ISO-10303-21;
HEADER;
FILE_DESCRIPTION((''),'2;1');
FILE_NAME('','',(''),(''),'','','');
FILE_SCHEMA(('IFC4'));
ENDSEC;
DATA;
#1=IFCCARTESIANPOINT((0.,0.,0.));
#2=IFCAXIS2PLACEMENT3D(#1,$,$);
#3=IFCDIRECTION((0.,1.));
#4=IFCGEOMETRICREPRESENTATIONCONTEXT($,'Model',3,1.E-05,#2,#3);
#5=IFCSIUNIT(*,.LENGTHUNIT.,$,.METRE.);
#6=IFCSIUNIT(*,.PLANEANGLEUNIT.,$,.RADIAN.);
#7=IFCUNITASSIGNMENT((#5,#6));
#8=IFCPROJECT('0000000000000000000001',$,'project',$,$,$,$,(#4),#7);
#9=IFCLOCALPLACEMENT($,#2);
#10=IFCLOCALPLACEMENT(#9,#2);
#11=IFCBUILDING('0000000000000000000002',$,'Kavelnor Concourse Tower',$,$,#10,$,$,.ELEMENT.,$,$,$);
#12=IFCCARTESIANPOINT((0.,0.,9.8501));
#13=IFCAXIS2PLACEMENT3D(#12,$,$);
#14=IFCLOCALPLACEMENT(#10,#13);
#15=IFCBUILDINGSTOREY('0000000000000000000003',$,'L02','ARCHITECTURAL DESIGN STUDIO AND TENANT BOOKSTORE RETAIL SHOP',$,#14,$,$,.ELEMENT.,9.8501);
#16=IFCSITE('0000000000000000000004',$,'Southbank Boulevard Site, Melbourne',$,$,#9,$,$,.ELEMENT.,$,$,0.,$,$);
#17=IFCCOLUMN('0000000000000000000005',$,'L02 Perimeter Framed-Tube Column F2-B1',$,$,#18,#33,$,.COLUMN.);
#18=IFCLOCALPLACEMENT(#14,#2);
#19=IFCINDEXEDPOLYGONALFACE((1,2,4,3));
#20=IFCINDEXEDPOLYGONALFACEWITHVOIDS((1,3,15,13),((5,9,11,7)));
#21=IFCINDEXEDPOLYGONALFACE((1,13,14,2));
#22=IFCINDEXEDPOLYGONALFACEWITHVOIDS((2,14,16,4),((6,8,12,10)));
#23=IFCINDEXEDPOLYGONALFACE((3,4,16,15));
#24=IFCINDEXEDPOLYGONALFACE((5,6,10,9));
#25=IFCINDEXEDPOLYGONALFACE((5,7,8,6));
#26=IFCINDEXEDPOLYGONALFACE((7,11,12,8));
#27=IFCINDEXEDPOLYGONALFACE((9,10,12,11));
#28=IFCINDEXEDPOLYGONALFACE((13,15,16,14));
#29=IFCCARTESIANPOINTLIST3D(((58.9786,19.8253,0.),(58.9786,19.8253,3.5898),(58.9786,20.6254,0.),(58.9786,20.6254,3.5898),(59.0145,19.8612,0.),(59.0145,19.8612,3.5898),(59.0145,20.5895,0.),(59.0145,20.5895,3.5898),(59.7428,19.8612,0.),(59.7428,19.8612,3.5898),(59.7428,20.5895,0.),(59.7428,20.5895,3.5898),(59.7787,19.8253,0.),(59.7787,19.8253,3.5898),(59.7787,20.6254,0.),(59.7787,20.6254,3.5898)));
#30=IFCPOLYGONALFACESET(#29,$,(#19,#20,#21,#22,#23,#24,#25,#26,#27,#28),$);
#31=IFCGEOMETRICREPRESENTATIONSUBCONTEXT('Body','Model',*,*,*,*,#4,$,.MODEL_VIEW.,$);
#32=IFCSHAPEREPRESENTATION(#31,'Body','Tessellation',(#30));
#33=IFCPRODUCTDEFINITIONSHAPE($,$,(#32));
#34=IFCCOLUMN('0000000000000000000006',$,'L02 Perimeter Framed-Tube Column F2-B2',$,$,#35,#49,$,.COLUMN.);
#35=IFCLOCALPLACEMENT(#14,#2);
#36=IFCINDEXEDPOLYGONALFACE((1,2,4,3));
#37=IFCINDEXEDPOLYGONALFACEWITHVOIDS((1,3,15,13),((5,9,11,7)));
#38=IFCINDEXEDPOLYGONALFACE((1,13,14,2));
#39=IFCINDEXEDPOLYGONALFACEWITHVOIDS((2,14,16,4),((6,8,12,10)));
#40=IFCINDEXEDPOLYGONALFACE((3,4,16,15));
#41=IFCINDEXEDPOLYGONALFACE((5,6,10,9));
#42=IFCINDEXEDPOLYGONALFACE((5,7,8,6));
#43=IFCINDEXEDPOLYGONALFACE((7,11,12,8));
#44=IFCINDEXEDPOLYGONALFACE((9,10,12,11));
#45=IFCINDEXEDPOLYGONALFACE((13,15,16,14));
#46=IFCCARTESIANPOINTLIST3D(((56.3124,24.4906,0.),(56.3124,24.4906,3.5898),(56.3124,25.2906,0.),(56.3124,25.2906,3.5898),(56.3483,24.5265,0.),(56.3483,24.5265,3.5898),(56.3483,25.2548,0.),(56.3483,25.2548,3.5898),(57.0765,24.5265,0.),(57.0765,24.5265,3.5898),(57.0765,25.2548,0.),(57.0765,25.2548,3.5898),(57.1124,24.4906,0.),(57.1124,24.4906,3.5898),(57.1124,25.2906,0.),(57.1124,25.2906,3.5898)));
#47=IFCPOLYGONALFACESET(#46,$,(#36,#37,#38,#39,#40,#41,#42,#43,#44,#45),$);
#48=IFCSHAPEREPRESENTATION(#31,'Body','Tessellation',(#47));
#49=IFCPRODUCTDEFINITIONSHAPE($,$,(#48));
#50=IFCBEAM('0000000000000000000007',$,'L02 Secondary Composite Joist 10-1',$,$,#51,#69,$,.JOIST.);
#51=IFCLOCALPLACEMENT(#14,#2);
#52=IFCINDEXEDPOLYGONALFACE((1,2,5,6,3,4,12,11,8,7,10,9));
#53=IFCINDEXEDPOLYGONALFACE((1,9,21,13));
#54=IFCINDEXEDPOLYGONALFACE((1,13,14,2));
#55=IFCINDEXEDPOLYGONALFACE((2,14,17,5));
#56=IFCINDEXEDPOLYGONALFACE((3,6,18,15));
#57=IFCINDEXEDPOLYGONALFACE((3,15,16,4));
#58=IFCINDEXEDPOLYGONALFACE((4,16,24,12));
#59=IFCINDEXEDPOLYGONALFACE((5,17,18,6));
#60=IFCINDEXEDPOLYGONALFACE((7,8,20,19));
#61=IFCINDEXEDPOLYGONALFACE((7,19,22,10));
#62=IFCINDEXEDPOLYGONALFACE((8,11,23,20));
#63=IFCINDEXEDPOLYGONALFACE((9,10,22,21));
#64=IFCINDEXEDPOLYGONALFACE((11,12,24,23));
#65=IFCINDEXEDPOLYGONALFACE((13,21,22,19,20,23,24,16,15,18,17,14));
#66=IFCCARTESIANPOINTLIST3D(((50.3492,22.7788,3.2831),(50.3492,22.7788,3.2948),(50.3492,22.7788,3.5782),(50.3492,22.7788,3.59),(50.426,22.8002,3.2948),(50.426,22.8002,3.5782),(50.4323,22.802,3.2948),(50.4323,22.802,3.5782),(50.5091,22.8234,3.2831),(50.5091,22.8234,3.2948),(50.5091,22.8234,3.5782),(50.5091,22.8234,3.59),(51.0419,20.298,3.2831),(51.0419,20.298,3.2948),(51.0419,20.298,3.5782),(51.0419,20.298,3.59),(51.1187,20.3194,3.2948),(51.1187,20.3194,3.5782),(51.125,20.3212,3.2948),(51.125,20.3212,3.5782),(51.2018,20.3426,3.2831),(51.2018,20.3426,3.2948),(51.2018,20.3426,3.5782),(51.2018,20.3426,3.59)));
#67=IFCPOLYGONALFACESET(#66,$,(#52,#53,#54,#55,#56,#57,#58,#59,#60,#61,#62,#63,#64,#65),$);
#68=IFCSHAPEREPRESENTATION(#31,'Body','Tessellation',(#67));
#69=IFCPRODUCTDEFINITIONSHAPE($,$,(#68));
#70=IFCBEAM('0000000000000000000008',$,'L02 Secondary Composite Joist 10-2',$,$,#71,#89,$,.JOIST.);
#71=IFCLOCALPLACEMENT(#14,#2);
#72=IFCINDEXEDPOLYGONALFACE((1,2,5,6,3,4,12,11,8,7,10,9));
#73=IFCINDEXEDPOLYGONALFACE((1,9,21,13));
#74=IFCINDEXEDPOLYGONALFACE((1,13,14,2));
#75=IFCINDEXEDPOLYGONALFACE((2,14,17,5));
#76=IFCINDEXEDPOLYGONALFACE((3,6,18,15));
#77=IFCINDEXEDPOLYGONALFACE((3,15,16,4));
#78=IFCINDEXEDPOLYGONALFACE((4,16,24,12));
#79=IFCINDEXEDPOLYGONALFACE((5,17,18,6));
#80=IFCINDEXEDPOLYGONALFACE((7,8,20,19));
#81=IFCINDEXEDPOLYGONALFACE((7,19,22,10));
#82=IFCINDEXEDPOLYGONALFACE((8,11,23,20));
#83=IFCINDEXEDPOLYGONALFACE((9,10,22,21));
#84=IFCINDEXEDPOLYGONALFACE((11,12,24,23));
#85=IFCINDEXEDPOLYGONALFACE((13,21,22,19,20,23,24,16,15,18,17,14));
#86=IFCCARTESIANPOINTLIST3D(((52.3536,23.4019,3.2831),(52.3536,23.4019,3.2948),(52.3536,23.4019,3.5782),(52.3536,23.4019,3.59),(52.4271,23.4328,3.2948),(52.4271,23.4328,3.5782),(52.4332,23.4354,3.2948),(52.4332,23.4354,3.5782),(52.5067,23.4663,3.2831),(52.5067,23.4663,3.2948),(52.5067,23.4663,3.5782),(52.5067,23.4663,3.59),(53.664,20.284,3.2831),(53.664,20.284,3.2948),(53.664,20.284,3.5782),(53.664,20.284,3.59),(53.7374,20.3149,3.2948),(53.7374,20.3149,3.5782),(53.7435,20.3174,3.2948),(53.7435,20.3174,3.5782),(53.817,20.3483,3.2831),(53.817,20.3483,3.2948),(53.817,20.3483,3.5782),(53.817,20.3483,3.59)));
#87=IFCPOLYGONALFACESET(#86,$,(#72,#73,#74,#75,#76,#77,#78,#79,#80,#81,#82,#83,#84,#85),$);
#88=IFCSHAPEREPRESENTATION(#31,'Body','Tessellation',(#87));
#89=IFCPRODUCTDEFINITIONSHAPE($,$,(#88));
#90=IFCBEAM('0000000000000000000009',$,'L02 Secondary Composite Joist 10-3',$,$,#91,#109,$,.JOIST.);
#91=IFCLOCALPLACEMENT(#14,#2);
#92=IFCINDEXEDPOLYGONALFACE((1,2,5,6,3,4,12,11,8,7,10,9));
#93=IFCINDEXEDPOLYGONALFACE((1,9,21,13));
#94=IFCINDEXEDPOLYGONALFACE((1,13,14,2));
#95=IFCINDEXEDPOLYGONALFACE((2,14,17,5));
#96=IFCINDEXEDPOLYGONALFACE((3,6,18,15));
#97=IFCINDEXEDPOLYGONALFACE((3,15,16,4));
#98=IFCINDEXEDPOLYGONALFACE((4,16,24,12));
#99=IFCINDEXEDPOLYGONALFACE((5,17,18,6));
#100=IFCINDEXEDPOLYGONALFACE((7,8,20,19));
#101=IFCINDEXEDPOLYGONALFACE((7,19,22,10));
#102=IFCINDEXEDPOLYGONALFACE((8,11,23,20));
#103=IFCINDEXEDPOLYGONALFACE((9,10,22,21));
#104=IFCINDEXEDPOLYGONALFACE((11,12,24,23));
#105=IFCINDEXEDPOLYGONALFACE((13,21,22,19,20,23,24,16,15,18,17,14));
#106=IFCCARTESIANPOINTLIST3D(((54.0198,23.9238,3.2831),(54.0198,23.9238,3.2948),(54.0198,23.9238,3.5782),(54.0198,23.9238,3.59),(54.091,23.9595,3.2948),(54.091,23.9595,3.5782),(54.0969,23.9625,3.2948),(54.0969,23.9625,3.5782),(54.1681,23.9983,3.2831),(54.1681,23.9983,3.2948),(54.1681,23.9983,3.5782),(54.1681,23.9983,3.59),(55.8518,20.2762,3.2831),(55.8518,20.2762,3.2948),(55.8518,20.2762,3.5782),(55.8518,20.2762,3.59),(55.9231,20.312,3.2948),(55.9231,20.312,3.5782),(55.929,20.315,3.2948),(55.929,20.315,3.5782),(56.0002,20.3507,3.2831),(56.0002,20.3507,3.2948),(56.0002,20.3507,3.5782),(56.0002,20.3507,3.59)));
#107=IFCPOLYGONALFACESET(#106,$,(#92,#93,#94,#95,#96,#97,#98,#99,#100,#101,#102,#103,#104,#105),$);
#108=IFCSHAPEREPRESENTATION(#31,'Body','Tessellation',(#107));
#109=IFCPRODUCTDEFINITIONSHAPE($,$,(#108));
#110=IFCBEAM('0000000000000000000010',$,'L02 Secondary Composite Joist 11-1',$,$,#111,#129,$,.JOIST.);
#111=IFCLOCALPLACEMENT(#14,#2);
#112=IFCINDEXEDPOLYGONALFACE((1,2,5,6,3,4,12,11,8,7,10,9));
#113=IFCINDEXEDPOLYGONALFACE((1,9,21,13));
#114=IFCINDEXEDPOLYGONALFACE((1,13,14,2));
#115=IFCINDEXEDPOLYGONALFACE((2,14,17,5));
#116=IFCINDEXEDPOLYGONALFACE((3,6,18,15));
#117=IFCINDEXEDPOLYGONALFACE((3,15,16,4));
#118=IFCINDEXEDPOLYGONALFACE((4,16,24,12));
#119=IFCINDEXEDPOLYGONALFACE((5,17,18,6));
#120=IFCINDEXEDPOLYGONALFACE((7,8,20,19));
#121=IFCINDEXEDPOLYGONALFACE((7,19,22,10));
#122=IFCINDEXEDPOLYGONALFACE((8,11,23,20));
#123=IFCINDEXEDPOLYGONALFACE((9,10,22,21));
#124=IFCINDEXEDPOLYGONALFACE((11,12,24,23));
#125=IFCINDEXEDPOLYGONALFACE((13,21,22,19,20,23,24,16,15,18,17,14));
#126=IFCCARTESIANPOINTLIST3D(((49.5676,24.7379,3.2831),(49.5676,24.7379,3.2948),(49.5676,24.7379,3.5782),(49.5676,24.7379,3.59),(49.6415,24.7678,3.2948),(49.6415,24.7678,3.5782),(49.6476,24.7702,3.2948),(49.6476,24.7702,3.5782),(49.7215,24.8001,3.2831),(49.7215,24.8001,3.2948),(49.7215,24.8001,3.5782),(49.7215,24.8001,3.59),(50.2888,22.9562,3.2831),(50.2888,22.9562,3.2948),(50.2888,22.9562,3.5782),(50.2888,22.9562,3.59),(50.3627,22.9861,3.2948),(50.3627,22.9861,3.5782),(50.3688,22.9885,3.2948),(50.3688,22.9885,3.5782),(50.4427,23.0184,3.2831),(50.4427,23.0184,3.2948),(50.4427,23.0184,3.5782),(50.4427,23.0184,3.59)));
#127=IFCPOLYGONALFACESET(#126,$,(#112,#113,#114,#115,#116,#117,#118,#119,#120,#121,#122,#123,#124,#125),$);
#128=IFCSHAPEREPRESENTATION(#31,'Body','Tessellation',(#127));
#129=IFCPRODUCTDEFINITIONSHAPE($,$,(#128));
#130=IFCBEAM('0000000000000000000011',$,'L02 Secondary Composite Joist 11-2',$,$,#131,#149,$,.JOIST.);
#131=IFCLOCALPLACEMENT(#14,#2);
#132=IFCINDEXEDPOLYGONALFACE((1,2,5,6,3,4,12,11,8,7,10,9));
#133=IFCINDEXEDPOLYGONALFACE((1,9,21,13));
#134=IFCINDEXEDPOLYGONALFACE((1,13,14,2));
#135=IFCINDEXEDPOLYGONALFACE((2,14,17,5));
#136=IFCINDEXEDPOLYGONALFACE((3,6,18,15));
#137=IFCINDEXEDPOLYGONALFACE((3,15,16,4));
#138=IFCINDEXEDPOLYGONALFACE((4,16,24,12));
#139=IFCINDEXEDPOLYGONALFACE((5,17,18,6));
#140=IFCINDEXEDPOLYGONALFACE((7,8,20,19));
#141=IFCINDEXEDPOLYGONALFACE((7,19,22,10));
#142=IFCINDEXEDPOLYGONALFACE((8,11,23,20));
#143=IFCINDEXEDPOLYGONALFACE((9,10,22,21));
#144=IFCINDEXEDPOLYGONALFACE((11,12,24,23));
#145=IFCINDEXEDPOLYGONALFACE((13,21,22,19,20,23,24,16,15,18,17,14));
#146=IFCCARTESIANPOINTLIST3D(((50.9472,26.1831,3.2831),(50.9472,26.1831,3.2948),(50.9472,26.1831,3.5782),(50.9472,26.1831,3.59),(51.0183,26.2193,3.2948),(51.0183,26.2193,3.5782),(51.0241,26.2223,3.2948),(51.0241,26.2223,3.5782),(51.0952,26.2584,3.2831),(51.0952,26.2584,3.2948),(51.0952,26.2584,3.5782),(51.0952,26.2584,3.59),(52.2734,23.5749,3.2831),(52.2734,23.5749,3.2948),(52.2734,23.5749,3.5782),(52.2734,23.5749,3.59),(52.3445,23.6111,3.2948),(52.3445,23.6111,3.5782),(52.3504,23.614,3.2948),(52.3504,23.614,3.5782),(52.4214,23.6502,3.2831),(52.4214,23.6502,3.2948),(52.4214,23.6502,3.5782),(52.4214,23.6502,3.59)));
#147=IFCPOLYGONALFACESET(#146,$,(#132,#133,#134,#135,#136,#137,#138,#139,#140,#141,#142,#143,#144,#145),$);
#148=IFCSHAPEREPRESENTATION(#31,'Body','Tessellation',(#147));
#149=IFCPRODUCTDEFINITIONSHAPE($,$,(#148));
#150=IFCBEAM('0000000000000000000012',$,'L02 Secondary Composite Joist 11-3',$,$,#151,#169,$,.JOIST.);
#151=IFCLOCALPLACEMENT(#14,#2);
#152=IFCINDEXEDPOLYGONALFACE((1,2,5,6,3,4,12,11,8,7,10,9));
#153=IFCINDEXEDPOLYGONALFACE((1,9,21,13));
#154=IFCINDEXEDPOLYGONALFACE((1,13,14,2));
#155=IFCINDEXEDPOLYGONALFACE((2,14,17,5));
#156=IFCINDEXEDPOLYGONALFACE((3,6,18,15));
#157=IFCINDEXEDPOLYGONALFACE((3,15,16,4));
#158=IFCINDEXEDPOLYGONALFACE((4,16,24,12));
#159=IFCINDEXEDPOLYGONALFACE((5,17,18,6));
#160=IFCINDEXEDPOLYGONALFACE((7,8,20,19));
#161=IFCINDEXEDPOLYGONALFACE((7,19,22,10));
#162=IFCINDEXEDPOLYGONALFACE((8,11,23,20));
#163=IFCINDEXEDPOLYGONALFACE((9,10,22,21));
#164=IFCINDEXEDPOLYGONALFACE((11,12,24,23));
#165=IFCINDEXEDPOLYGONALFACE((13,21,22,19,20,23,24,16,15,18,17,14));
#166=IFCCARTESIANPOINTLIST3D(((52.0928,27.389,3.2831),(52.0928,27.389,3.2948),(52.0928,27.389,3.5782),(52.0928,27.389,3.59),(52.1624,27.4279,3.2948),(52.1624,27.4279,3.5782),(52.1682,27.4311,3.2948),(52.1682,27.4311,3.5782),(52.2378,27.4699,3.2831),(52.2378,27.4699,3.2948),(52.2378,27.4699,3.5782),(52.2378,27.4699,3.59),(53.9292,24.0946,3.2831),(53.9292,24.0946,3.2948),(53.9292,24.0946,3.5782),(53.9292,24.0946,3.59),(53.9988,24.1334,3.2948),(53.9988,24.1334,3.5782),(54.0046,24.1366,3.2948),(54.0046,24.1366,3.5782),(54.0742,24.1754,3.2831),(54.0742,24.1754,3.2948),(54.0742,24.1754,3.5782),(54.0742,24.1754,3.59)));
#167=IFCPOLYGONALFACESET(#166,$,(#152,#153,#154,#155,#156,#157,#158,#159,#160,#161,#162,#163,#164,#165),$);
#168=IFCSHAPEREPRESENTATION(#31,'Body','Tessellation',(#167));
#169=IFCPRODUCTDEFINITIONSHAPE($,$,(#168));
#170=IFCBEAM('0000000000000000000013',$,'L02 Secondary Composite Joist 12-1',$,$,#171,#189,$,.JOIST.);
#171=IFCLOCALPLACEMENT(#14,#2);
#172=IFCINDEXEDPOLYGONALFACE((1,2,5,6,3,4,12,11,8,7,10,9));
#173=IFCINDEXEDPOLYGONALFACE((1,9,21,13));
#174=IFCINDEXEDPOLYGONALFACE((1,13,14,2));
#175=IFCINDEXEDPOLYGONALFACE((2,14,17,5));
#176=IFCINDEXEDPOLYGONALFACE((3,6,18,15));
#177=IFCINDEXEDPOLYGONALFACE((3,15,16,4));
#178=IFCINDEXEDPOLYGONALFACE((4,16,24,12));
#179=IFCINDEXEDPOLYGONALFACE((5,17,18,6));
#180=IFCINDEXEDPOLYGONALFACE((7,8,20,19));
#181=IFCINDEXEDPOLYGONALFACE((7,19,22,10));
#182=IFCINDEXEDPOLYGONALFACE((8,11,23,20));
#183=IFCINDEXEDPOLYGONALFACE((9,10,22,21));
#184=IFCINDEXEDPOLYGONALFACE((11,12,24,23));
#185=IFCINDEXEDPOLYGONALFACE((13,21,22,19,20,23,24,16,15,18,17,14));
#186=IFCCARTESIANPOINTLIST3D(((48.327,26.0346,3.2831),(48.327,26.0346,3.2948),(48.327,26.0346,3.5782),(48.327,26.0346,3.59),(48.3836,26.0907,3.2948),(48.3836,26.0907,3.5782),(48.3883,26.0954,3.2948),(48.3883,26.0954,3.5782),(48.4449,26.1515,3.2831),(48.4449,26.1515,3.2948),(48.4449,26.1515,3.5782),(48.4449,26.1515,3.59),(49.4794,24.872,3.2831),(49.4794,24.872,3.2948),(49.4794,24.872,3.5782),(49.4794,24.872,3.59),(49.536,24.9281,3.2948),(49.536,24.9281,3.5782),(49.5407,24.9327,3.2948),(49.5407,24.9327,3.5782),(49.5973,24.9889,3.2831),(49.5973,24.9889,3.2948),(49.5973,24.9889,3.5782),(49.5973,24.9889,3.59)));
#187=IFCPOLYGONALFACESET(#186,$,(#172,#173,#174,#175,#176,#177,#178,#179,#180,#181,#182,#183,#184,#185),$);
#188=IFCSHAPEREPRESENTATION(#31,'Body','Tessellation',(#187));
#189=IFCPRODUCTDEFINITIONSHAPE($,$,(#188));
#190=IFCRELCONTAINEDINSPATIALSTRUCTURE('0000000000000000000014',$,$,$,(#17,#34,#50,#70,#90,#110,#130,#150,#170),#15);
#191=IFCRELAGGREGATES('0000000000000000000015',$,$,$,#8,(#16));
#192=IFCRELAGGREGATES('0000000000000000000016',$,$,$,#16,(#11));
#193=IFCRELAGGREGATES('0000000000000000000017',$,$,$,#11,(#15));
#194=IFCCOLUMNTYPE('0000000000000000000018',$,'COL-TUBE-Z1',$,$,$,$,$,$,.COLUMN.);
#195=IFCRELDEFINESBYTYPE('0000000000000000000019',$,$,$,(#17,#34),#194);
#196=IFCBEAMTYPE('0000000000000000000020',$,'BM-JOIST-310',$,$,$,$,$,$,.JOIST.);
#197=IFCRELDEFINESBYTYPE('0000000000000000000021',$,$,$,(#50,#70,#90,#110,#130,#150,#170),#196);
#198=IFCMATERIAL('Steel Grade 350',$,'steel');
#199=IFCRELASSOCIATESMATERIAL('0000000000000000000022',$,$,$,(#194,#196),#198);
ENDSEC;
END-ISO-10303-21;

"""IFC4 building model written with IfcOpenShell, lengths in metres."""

from ifc_helpers import new_model, si_unit, direction, frame, origin, origin_2d, place, context, subcontext, project, spatial, hollow_rectangle, i_section, extrude, material, material_profile, profile_set, type_object, element, save


model = new_model("IFC4")

# Units and contexts
model_context = context("Model", 3, precision=1e-05, world=origin(), true_north=direction((0.0, 1.0)))
body_context = subcontext(model_context, "Body", "Model", "MODEL_VIEW")
ifc_project = project(units=[si_unit("LENGTHUNIT", "METRE"), si_unit("PLANEANGLEUNIT", "RADIAN")], contexts=[model_context])

# Site, building, storey
site_placement = place(None, origin())
site = spatial("IfcSite", under=ifc_project, at=site_placement, Name="Southbank Boulevard Site, Melbourne", CompositionType="ELEMENT", RefElevation=0.0)
building_placement = place(site_placement, origin())
building = spatial("IfcBuilding", under=site, at=building_placement, Name="Kavelnor Concourse Tower", CompositionType="ELEMENT")
storey_placement = place(building_placement, frame((0.0, 0.0, 9.8501)))
storey = spatial("IfcBuildingStorey", under=building, at=storey_placement, Name="L02", Description="ARCHITECTURAL DESIGN STUDIO AND TENANT BOOKSTORE RETAIL SHOP", CompositionType="ELEMENT", Elevation=9.8501)

# Columns
ifc_material_1 = material(Name="Steel Grade 350", Category="steel")
ifc_material_profile_1 = material_profile(ifc_material_1, hollow_rectangle(XDim=0.8, YDim=0.8, WallThickness=0.0359, at=origin_2d()), Name="SHS 800x800x36")
ifc_profile_set_1 = profile_set([ifc_material_profile_1], Name="Steel Grade 350")
column_type = type_object("IfcColumnType", Name="COL-TUBE-Z1", PredefinedType="COLUMN", material=ifc_profile_set_1)
for number, where, z_axis, x_axis, name in (
    (1, (59.3787, 20.2253, 0.0), (0.0, 0.0, 1.0), (1.0, 0.0, 0.0), "L02 Perimeter Framed-Tube Column F2-B1"),
    (2, (56.7124, 24.8906, 0.0), (0.0, 0.0, 1.0), (1.0, 0.0, 0.0), "L02 Perimeter Framed-Tube Column F2-B2"),
):
    element("IfcColumn", number, at=place(storey_placement, frame(where, z_axis=z_axis, x_axis=x_axis)), inside=storey, type_object=column_type, Name=name, PredefinedType="COLUMN", context=body_context, shape_type="SweptSolid", body=[
        extrude(hollow_rectangle(XDim=0.8, YDim=0.8, WallThickness=0.0359, at=origin_2d()), origin(), (0.0, 0.0, 1.0), 3.5898),
    ])

# Beams
ifc_material_profile_2 = material_profile(ifc_material_1, i_section(OverallWidth=0.166, OverallDepth=0.3069, WebThickness=0.0066, FlangeThickness=0.0117, at=origin_2d()), Name="310UB46")
ifc_profile_set_2 = profile_set([ifc_material_profile_2], Name="Steel Grade 350")
beam_type_1 = type_object("IfcBeamType", Name="BM-JOIST-310", PredefinedType="JOIST", material=ifc_profile_set_2)
beam_1_placement = place(storey_placement, frame((51.1218, 20.3203, 3.4365), z_axis=(-0.26892, 0.963163, 0.0), x_axis=(-0.963163, -0.26892, 0.0)))
element("IfcBeam", 3, at=beam_1_placement, inside=storey, type_object=beam_type_1, Name="L02 Secondary Composite Joist 10-1", PredefinedType="JOIST", context=body_context, shape_type="SweptSolid", body=[
    extrude(i_section(OverallWidth=0.166, OverallDepth=0.3069, WebThickness=0.0066, FlangeThickness=0.0117, at=origin_2d()), origin(), (0.0, 0.0, 1.0), 2.5757),
])
beam_2_placement = place(storey_placement, frame((53.7405, 20.3162, 3.4365), z_axis=(-0.387428, 0.9219, 0.0), x_axis=(-0.9219, -0.387428, 0.0)))
element("IfcBeam", 4, at=beam_2_placement, inside=storey, type_object=beam_type_1, Name="L02 Secondary Composite Joist 10-2", PredefinedType="JOIST", context=body_context, shape_type="SweptSolid", body=[
    extrude(i_section(OverallWidth=0.166, OverallDepth=0.3069, WebThickness=0.0066, FlangeThickness=0.0117, at=origin_2d()), origin(), (0.0, 0.0, 1.0), 3.3821),
])
beam_3_placement = place(storey_placement, frame((55.926, 20.3135, 3.4365), z_axis=(-0.44884, 0.893612, 0.0), x_axis=(-0.893612, -0.44884, 0.0)))
element("IfcBeam", 5, at=beam_3_placement, inside=storey, type_object=beam_type_1, Name="L02 Secondary Composite Joist 10-3", PredefinedType="JOIST", context=body_context, shape_type="SweptSolid", body=[
    extrude(i_section(OverallWidth=0.166, OverallDepth=0.3069, WebThickness=0.0066, FlangeThickness=0.0117, at=origin_2d()), origin(), (0.0, 0.0, 1.0), 4.0818),
])
beam_4_placement = place(storey_placement, frame((50.3657, 22.9873, 3.4365), z_axis=(-0.375198, 0.926945, 0.0), x_axis=(-0.926945, -0.375198, 0.0)))
element("IfcBeam", 6, at=beam_4_placement, inside=storey, type_object=beam_type_1, Name="L02 Secondary Composite Joist 11-1", PredefinedType="JOIST", context=body_context, shape_type="SweptSolid", body=[
    extrude(i_section(OverallWidth=0.166, OverallDepth=0.3069, WebThickness=0.0066, FlangeThickness=0.0117, at=origin_2d()), origin(), (0.0, 0.0, 1.0), 1.9221),
])
beam_5_placement = place(storey_placement, frame((52.3474, 23.6125, 3.4365), z_axis=(-0.453244, 0.891386, 0.0), x_axis=(-0.891386, -0.453244, 0.0)))
element("IfcBeam", 7, at=beam_5_placement, inside=storey, type_object=beam_type_1, Name="L02 Secondary Composite Joist 11-2", PredefinedType="JOIST", context=body_context, shape_type="SweptSolid", body=[
    extrude(i_section(OverallWidth=0.166, OverallDepth=0.3069, WebThickness=0.0066, FlangeThickness=0.0117, at=origin_2d()), origin(), (0.0, 0.0, 1.0), 2.926),
])
beam_6_placement = place(storey_placement, frame((54.0017, 24.135, 3.4365), z_axis=(-0.486895, 0.87346, 0.0), x_axis=(-0.87346, -0.486895, 0.0)))
element("IfcBeam", 8, at=beam_6_placement, inside=storey, type_object=beam_type_1, Name="L02 Secondary Composite Joist 11-3", PredefinedType="JOIST", context=body_context, shape_type="SweptSolid", body=[
    extrude(i_section(OverallWidth=0.166, OverallDepth=0.3069, WebThickness=0.0066, FlangeThickness=0.0117, at=origin_2d()), origin(), (0.0, 0.0, 1.0), 3.7717),
])
beam_7_placement = place(storey_placement, frame((49.5383, 24.9304, 3.4365), z_axis=(-0.703968, 0.710232, 0.0), x_axis=(-0.710232, -0.703968, 0.0)))
element("IfcBeam", 9, at=beam_7_placement, inside=storey, type_object=beam_type_1, Name="L02 Secondary Composite Joist 12-1", PredefinedType="JOIST", context=body_context, shape_type="SweptSolid", body=[
    extrude(i_section(OverallWidth=0.166, OverallDepth=0.3069, WebThickness=0.0066, FlangeThickness=0.0117, at=origin_2d()), origin(), (0.0, 0.0, 1.0), 1.637),
])

save(model, "model.ifc")
